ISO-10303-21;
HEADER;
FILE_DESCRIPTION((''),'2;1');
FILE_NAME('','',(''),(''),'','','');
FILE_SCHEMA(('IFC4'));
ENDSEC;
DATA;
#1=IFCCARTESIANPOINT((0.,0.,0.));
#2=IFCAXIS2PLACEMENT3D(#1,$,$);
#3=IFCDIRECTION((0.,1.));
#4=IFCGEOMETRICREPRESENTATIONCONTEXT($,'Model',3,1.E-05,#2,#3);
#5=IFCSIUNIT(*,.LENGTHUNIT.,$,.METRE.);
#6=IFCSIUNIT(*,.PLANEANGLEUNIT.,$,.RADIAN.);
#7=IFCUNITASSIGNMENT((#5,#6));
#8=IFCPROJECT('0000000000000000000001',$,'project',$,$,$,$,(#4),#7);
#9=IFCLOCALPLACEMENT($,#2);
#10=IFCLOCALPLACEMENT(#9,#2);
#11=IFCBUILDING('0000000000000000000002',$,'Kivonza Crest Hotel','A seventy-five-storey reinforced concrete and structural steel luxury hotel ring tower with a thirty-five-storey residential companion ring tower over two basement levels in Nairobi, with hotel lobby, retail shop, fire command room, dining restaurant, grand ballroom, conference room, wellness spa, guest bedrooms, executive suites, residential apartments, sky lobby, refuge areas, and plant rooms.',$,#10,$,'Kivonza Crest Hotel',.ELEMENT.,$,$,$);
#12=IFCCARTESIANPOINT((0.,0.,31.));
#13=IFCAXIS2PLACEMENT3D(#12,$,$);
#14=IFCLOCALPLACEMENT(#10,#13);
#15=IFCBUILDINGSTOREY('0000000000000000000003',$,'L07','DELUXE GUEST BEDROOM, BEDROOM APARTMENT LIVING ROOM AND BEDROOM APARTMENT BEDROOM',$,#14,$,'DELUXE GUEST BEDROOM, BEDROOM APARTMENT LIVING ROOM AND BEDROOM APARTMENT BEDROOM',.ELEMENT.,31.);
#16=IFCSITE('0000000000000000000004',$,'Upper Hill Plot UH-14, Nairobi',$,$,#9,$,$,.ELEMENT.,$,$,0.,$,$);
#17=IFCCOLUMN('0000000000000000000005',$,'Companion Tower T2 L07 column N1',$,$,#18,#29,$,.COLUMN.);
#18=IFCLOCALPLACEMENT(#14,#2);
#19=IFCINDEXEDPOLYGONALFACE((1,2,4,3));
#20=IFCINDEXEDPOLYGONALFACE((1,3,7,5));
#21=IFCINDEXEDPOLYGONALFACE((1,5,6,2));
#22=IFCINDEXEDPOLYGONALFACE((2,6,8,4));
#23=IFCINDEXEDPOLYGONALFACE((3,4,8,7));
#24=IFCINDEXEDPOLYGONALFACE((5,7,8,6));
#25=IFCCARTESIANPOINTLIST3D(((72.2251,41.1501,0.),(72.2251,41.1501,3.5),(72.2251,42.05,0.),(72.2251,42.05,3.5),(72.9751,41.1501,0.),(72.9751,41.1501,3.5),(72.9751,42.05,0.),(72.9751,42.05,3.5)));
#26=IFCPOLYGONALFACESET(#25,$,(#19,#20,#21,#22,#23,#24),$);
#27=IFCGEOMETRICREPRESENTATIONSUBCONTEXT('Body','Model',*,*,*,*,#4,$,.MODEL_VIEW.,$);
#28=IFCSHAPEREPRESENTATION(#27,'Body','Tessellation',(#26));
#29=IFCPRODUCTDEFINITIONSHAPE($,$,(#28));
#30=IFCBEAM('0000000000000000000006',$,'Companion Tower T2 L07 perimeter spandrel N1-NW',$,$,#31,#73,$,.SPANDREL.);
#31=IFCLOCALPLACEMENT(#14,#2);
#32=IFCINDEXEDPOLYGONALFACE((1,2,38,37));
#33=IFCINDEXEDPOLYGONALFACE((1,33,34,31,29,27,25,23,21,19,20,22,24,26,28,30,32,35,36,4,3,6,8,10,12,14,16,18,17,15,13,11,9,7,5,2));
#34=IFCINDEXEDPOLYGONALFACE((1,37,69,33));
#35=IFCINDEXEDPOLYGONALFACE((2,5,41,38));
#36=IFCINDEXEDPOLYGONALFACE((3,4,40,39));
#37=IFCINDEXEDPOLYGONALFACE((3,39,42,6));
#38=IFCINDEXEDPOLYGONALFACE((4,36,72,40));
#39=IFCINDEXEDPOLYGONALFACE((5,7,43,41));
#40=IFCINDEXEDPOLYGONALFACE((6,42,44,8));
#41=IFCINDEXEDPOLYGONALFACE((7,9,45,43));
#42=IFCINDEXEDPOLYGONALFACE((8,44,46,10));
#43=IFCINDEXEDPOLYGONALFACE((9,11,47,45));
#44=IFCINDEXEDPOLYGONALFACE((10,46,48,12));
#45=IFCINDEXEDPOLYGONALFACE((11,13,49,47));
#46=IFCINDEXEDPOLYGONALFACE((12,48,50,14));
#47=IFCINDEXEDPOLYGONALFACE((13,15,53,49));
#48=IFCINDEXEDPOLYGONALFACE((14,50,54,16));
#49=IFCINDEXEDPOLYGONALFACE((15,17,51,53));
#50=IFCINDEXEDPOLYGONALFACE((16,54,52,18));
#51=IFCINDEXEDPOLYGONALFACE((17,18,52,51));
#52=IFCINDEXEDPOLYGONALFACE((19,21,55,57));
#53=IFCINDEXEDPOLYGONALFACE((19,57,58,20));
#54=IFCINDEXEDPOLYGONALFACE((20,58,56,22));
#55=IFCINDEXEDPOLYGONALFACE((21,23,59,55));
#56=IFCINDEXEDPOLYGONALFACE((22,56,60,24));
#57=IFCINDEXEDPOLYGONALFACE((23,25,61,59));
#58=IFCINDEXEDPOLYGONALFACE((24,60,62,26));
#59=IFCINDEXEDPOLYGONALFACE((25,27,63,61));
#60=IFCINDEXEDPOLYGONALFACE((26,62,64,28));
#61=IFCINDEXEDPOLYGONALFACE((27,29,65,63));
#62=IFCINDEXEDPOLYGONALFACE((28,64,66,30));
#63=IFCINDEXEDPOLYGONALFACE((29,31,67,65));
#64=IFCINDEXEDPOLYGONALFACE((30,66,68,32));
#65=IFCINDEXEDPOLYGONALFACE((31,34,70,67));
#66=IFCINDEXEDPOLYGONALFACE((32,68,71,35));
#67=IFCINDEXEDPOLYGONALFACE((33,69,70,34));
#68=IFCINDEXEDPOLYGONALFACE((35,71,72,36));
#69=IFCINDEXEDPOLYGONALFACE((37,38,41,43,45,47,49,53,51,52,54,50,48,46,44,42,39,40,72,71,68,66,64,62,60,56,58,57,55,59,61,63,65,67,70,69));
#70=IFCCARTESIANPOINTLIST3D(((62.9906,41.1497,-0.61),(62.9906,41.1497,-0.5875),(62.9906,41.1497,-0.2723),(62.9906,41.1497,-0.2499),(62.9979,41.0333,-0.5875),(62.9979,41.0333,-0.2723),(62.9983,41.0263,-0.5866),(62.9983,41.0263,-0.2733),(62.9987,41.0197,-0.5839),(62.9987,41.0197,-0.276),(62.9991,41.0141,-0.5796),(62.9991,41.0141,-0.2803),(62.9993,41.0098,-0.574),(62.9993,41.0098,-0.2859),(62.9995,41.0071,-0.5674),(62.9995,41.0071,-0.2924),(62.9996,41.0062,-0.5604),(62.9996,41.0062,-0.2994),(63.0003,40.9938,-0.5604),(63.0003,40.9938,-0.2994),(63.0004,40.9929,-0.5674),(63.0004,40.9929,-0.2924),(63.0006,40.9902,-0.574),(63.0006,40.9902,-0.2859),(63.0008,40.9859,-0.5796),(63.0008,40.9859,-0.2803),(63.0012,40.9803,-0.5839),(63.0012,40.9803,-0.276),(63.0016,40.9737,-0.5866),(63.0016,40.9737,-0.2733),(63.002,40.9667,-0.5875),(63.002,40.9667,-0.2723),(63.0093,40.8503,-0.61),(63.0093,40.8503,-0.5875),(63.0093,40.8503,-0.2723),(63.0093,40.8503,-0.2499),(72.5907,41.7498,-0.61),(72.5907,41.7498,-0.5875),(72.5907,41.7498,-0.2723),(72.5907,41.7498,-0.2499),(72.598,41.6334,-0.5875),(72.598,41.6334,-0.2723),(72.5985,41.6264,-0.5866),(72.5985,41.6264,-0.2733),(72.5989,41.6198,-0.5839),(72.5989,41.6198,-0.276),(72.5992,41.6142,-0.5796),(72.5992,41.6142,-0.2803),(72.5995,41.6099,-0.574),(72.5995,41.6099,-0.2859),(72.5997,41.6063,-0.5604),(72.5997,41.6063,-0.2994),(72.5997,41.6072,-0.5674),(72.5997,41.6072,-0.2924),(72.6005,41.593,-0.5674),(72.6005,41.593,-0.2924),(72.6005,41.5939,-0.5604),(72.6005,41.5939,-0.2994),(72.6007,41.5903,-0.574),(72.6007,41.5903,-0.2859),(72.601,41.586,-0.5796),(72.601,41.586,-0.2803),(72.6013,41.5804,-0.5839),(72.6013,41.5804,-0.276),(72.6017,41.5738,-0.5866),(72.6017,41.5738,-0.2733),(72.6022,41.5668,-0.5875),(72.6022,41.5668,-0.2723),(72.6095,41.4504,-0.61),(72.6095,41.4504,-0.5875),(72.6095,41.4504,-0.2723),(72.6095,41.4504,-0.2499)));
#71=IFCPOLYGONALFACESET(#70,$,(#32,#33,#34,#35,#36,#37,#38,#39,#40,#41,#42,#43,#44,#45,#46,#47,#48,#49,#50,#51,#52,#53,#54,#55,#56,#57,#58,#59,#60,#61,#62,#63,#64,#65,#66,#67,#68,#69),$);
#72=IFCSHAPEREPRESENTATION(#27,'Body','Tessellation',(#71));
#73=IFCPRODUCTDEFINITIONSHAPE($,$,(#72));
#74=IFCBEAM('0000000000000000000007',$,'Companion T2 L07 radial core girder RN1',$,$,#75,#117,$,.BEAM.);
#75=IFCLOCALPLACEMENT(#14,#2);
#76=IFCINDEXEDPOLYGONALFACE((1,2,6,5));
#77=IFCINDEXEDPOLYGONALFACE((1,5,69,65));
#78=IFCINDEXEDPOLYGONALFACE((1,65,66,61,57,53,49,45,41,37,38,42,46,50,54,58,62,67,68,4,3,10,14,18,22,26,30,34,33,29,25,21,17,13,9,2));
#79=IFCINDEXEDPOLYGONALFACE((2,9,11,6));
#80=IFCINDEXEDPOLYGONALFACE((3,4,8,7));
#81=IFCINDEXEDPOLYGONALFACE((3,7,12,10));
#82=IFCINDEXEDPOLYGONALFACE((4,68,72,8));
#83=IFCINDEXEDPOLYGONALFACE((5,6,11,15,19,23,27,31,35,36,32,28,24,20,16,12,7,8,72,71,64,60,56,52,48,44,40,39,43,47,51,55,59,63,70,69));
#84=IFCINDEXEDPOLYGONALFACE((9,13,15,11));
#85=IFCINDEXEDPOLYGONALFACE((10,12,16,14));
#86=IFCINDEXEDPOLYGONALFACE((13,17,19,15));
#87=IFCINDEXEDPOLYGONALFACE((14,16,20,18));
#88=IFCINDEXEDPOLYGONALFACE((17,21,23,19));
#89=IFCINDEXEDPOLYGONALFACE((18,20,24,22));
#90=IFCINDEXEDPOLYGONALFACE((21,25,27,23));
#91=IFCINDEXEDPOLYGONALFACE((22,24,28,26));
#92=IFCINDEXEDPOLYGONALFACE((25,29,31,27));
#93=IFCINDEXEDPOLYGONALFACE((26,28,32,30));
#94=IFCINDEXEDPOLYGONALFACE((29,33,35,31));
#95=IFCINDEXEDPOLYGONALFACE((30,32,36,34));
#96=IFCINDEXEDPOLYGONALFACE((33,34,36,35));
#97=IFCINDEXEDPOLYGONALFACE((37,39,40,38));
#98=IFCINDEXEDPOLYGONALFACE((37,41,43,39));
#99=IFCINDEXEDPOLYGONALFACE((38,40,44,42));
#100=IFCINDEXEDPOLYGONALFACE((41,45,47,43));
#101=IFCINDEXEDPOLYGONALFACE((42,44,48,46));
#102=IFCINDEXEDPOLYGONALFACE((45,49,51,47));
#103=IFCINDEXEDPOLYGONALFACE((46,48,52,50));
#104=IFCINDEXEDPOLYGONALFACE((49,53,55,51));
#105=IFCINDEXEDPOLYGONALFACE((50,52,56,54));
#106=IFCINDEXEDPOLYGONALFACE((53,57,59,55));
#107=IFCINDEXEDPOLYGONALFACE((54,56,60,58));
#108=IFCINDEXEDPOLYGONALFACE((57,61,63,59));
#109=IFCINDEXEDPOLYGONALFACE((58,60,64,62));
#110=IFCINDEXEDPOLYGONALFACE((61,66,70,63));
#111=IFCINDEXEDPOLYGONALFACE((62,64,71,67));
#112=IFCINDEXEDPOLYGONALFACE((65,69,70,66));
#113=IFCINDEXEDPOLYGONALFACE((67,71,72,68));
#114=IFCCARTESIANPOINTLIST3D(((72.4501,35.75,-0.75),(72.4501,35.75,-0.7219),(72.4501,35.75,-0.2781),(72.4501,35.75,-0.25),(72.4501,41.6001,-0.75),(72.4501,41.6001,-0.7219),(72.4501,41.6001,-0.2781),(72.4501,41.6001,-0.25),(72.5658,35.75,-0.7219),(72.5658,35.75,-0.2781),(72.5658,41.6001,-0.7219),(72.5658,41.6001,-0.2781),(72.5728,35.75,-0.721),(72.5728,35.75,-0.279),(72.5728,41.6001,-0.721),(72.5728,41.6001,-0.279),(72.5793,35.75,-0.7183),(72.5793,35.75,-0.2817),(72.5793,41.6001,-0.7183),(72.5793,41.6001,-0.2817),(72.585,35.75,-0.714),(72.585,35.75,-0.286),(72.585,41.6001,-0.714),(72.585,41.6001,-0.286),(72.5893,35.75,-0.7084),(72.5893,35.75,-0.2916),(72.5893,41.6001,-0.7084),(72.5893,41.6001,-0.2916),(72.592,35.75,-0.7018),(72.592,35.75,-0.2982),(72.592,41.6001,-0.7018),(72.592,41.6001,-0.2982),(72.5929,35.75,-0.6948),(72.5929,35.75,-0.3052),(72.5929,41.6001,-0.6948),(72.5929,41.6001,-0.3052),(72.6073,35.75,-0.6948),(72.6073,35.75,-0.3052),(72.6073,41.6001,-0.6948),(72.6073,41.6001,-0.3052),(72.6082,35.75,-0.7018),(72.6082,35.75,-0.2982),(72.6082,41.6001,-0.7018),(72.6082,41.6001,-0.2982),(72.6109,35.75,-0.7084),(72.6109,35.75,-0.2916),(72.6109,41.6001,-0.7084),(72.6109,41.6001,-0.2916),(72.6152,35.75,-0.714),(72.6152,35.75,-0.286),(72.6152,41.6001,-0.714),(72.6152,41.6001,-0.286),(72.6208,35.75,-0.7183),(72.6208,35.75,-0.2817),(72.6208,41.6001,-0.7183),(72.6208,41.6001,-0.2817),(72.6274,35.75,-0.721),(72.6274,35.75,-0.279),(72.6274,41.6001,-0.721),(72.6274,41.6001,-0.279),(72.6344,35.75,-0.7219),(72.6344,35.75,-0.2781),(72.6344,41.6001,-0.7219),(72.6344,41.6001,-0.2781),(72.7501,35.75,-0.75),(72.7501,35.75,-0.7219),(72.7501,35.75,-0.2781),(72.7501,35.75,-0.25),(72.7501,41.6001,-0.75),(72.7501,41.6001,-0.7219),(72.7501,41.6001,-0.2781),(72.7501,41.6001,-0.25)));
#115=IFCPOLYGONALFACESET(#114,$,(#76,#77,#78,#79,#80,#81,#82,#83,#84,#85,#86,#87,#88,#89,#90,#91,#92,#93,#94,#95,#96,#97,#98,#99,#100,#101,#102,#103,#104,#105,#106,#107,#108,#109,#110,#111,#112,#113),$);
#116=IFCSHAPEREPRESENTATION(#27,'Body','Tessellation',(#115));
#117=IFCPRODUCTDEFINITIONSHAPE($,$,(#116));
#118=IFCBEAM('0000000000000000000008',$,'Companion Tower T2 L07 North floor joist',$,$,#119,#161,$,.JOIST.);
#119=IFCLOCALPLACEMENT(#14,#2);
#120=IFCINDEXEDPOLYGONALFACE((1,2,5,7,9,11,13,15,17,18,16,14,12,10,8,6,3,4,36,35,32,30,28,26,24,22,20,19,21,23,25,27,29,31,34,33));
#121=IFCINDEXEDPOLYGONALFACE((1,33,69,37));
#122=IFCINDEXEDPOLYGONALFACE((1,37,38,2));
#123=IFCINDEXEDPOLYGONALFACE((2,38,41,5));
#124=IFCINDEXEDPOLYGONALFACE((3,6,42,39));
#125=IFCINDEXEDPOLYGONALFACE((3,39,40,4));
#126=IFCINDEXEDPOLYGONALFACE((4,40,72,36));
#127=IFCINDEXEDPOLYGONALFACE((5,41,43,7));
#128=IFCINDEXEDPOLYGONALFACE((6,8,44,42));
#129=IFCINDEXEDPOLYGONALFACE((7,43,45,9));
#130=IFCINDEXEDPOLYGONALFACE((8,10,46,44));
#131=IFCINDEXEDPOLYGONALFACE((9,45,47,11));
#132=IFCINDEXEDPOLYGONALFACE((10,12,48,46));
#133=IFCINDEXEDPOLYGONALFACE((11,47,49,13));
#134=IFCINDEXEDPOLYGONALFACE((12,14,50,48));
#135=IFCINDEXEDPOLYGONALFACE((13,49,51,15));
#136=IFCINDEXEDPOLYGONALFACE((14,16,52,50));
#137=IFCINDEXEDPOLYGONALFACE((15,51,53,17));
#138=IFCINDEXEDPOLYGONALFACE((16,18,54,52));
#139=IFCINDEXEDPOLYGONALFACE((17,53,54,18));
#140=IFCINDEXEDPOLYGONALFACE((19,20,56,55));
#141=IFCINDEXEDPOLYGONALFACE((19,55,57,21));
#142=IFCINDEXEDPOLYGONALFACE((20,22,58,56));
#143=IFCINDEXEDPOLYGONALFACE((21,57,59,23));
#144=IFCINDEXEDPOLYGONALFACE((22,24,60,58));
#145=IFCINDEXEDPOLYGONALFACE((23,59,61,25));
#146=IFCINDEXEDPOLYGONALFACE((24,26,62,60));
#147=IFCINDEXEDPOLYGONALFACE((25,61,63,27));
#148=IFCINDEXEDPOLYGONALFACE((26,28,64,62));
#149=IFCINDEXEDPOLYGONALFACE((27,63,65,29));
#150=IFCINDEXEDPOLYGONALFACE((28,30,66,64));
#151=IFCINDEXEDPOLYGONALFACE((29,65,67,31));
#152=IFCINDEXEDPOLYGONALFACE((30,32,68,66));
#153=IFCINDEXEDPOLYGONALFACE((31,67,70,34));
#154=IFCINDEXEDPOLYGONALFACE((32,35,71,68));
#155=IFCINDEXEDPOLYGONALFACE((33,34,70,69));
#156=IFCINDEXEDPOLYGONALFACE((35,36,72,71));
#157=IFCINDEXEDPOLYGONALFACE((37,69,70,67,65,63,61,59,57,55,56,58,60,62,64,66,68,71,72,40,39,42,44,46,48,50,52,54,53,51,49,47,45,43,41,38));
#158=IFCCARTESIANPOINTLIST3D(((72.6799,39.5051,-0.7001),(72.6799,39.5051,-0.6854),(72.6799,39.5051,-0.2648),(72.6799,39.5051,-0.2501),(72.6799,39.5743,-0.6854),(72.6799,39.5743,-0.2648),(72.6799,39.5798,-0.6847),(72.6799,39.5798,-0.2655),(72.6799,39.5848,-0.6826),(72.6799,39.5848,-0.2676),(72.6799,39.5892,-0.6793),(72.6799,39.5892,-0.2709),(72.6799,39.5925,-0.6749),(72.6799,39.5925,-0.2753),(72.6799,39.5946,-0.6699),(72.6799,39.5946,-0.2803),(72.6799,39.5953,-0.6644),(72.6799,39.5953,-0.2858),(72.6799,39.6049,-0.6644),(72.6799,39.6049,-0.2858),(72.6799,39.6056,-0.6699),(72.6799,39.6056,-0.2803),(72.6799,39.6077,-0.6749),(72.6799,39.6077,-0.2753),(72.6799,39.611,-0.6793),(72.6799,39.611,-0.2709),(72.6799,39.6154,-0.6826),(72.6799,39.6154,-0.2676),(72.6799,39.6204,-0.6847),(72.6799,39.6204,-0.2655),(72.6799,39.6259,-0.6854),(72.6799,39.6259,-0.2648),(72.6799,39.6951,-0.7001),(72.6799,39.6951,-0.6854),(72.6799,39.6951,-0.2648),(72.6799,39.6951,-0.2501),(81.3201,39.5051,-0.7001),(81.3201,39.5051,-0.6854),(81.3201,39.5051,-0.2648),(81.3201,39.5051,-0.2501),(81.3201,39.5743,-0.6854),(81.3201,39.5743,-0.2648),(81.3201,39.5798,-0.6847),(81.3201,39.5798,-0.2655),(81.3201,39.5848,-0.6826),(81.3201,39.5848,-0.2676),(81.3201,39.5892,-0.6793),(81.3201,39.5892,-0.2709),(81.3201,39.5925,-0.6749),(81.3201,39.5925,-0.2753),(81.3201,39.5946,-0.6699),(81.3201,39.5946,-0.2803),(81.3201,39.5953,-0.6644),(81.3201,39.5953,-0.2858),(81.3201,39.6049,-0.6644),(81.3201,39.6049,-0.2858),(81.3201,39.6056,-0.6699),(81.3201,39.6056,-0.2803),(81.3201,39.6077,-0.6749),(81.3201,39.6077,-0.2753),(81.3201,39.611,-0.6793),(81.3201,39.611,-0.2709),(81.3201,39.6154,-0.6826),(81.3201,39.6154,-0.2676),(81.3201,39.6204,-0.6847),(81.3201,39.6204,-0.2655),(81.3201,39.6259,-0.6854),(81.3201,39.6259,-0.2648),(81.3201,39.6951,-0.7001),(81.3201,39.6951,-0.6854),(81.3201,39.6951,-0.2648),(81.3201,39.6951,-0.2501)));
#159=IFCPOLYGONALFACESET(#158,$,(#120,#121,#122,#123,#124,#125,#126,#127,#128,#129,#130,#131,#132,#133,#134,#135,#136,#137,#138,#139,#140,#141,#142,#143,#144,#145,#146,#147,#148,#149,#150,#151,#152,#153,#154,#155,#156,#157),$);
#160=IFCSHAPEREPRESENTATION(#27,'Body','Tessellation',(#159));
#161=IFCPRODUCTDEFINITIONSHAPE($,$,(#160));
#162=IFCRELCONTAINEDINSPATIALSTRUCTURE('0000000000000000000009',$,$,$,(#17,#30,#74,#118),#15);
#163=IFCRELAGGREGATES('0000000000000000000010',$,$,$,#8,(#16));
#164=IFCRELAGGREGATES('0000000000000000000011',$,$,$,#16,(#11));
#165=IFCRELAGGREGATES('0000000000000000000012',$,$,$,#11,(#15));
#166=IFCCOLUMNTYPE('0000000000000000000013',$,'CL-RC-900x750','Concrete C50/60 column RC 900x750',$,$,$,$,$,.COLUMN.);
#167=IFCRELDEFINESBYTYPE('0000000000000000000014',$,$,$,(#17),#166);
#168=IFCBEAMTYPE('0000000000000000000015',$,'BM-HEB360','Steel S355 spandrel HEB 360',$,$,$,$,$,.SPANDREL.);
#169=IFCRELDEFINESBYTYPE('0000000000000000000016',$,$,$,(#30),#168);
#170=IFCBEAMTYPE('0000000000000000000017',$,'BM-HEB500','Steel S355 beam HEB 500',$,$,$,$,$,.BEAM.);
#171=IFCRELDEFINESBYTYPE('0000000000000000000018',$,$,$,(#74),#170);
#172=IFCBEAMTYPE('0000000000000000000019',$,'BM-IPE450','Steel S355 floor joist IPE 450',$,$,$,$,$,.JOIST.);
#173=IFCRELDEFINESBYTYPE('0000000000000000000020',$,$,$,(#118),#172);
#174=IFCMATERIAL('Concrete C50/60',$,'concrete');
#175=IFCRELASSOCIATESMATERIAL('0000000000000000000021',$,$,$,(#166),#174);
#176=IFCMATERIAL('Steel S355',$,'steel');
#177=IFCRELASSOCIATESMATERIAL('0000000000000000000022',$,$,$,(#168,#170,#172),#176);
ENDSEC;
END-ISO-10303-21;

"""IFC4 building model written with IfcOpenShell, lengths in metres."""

from ifc_helpers import new_model, si_unit, direction, frame, origin, origin_2d, place, context, subcontext, project, spatial, rectangle, i_section, extrude, material, material_profile, profile_set, type_object, element, save


model = new_model("IFC4")

# Units and contexts
model_context = context("Model", 3, precision=1e-05, world=origin(), true_north=direction((0.0, 1.0)))
body_context = subcontext(model_context, "Body", "Model", "MODEL_VIEW")
ifc_project = project(units=[si_unit("LENGTHUNIT", "METRE"), si_unit("PLANEANGLEUNIT", "RADIAN")], contexts=[model_context])

# Site, building, storey
site_placement = place(None, origin())
site = spatial("IfcSite", under=ifc_project, at=site_placement, Name="Upper Hill Plot UH-14, Nairobi", CompositionType="ELEMENT", RefElevation=0.0)
building_placement = place(site_placement, origin())
building = spatial("IfcBuilding", under=site, at=building_placement, Name="Kivonza Crest Hotel", Description="A seventy-five-storey reinforced concrete and structural steel luxury hotel ring tower with a thirty-five-storey residential companion ring tower over two basement levels in Nairobi, with hotel lobby, retail shop, fire command room, dining restaurant, grand ballroom, conference room, wellness spa, guest bedrooms, executive suites, residential apartments, sky lobby, refuge areas, and plant rooms.", LongName="Kivonza Crest Hotel", CompositionType="ELEMENT")
storey_placement = place(building_placement, frame((0.0, 0.0, 31.0)))
storey = spatial("IfcBuildingStorey", under=building, at=storey_placement, Name="L07", Description="DELUXE GUEST BEDROOM, BEDROOM APARTMENT LIVING ROOM AND BEDROOM APARTMENT BEDROOM", LongName="DELUXE GUEST BEDROOM, BEDROOM APARTMENT LIVING ROOM AND BEDROOM APARTMENT BEDROOM", CompositionType="ELEMENT", Elevation=31.0)

# Column
ifc_material_1 = material(Name="Concrete C50/60", Category="concrete")
ifc_material_profile_1 = material_profile(ifc_material_1, rectangle(XDim=0.75, YDim=0.8999, at=origin_2d()), Name="RC 900x750")
ifc_profile_set_1 = profile_set([ifc_material_profile_1], Name="Concrete C50/60")
column_type = type_object("IfcColumnType", Name="CL-RC-900x750", Description="Concrete C50/60 column RC 900x750", PredefinedType="COLUMN", material=ifc_profile_set_1)
column_placement = place(storey_placement, frame((72.6001, 41.6001, 0.0), z_axis=(0.0, 0.0, 1.0), x_axis=(1.0, 0.0, 0.0)))
element("IfcColumn", 1, at=column_placement, inside=storey, type_object=column_type, Name="Companion Tower T2 L07 column N1", PredefinedType="COLUMN", context=body_context, shape_type="SweptSolid", body=[
    extrude(rectangle(XDim=0.75, YDim=0.8999, at=origin_2d()), origin(), (0.0, 0.0, 1.0), 3.5),
])

# Beams
ifc_material_2 = material(Name="Steel S355", Category="steel")
ifc_material_profile_2 = material_profile(ifc_material_2, i_section(OverallWidth=0.3, OverallDepth=0.3601, WebThickness=0.0125, FlangeThickness=0.0225, FilletRadius=0.0271, at=origin_2d()), Name="HEB 360")
ifc_profile_set_2 = profile_set([ifc_material_profile_2], Name="Steel S355")
beam_type_1 = type_object("IfcBeamType", Name="BM-HEB360", Description="Steel S355 spandrel HEB 360", PredefinedType="SPANDREL", material=ifc_profile_set_2)
beam_1_placement = place(storey_placement, frame((72.6001, 41.6001, -0.4299), z_axis=(-0.998052, -0.062388, 0.0), x_axis=(0.062388, -0.998052, 0.0)))
element("IfcBeam", 2, at=beam_1_placement, inside=storey, type_object=beam_type_1, Name="Companion Tower T2 L07 perimeter spandrel N1-NW", PredefinedType="SPANDREL", context=body_context, shape_type="SweptSolid", body=[
    extrude(i_section(OverallWidth=0.3, OverallDepth=0.3601, WebThickness=0.0125, FlangeThickness=0.0225, FilletRadius=0.0271, at=origin_2d()), origin(), (0.0, 0.0, 1.0), 9.6189),
])
ifc_material_profile_3 = material_profile(ifc_material_2, i_section(OverallWidth=0.3, OverallDepth=0.5, WebThickness=0.0144, FlangeThickness=0.0281, FilletRadius=0.0271, at=origin_2d()), Name="HEB 500")
ifc_profile_set_3 = profile_set([ifc_material_profile_3], Name="Steel S355")
beam_type_2 = type_object("IfcBeamType", Name="BM-HEB500", Description="Steel S355 beam HEB 500", PredefinedType="BEAM", material=ifc_profile_set_3)
beam_2_placement = place(storey_placement, frame((72.6001, 41.6001, -0.5), z_axis=(0.0, -1.0, 0.0), x_axis=(1.0, 0.0, 0.0)))
element("IfcBeam", 3, at=beam_2_placement, inside=storey, type_object=beam_type_2, Name="Companion T2 L07 radial core girder RN1", PredefinedType="BEAM", context=body_context, shape_type="SweptSolid", body=[
    extrude(i_section(OverallWidth=0.3, OverallDepth=0.5, WebThickness=0.0144, FlangeThickness=0.0281, FilletRadius=0.0271, at=origin_2d()), origin(), (0.0, 0.0, 1.0), 5.8501),
])
ifc_material_profile_4 = material_profile(ifc_material_2, i_section(OverallWidth=0.1899, OverallDepth=0.45, WebThickness=0.0095, FlangeThickness=0.0146, FilletRadius=0.021, at=origin_2d()), Name="IPE 450")
ifc_profile_set_4 = profile_set([ifc_material_profile_4], Name="Steel S355")
beam_type_3 = type_object("IfcBeamType", Name="BM-IPE450", Description="Steel S355 floor joist IPE 450", PredefinedType="JOIST", material=ifc_profile_set_4)
beam_3_placement = place(storey_placement, frame((72.6799, 39.6001, -0.4751), z_axis=(1.0, 0.0, 0.0), x_axis=(0.0, 1.0, 0.0)))
element("IfcBeam", 4, at=beam_3_placement, inside=storey, type_object=beam_type_3, Name="Companion Tower T2 L07 North floor joist", PredefinedType="JOIST", context=body_context, shape_type="SweptSolid", body=[
    extrude(i_section(OverallWidth=0.1899, OverallDepth=0.45, WebThickness=0.0095, FlangeThickness=0.0146, FilletRadius=0.021, at=origin_2d()), origin(), (0.0, 0.0, 1.0), 8.6401),
])

save(model, "model.ifc")
